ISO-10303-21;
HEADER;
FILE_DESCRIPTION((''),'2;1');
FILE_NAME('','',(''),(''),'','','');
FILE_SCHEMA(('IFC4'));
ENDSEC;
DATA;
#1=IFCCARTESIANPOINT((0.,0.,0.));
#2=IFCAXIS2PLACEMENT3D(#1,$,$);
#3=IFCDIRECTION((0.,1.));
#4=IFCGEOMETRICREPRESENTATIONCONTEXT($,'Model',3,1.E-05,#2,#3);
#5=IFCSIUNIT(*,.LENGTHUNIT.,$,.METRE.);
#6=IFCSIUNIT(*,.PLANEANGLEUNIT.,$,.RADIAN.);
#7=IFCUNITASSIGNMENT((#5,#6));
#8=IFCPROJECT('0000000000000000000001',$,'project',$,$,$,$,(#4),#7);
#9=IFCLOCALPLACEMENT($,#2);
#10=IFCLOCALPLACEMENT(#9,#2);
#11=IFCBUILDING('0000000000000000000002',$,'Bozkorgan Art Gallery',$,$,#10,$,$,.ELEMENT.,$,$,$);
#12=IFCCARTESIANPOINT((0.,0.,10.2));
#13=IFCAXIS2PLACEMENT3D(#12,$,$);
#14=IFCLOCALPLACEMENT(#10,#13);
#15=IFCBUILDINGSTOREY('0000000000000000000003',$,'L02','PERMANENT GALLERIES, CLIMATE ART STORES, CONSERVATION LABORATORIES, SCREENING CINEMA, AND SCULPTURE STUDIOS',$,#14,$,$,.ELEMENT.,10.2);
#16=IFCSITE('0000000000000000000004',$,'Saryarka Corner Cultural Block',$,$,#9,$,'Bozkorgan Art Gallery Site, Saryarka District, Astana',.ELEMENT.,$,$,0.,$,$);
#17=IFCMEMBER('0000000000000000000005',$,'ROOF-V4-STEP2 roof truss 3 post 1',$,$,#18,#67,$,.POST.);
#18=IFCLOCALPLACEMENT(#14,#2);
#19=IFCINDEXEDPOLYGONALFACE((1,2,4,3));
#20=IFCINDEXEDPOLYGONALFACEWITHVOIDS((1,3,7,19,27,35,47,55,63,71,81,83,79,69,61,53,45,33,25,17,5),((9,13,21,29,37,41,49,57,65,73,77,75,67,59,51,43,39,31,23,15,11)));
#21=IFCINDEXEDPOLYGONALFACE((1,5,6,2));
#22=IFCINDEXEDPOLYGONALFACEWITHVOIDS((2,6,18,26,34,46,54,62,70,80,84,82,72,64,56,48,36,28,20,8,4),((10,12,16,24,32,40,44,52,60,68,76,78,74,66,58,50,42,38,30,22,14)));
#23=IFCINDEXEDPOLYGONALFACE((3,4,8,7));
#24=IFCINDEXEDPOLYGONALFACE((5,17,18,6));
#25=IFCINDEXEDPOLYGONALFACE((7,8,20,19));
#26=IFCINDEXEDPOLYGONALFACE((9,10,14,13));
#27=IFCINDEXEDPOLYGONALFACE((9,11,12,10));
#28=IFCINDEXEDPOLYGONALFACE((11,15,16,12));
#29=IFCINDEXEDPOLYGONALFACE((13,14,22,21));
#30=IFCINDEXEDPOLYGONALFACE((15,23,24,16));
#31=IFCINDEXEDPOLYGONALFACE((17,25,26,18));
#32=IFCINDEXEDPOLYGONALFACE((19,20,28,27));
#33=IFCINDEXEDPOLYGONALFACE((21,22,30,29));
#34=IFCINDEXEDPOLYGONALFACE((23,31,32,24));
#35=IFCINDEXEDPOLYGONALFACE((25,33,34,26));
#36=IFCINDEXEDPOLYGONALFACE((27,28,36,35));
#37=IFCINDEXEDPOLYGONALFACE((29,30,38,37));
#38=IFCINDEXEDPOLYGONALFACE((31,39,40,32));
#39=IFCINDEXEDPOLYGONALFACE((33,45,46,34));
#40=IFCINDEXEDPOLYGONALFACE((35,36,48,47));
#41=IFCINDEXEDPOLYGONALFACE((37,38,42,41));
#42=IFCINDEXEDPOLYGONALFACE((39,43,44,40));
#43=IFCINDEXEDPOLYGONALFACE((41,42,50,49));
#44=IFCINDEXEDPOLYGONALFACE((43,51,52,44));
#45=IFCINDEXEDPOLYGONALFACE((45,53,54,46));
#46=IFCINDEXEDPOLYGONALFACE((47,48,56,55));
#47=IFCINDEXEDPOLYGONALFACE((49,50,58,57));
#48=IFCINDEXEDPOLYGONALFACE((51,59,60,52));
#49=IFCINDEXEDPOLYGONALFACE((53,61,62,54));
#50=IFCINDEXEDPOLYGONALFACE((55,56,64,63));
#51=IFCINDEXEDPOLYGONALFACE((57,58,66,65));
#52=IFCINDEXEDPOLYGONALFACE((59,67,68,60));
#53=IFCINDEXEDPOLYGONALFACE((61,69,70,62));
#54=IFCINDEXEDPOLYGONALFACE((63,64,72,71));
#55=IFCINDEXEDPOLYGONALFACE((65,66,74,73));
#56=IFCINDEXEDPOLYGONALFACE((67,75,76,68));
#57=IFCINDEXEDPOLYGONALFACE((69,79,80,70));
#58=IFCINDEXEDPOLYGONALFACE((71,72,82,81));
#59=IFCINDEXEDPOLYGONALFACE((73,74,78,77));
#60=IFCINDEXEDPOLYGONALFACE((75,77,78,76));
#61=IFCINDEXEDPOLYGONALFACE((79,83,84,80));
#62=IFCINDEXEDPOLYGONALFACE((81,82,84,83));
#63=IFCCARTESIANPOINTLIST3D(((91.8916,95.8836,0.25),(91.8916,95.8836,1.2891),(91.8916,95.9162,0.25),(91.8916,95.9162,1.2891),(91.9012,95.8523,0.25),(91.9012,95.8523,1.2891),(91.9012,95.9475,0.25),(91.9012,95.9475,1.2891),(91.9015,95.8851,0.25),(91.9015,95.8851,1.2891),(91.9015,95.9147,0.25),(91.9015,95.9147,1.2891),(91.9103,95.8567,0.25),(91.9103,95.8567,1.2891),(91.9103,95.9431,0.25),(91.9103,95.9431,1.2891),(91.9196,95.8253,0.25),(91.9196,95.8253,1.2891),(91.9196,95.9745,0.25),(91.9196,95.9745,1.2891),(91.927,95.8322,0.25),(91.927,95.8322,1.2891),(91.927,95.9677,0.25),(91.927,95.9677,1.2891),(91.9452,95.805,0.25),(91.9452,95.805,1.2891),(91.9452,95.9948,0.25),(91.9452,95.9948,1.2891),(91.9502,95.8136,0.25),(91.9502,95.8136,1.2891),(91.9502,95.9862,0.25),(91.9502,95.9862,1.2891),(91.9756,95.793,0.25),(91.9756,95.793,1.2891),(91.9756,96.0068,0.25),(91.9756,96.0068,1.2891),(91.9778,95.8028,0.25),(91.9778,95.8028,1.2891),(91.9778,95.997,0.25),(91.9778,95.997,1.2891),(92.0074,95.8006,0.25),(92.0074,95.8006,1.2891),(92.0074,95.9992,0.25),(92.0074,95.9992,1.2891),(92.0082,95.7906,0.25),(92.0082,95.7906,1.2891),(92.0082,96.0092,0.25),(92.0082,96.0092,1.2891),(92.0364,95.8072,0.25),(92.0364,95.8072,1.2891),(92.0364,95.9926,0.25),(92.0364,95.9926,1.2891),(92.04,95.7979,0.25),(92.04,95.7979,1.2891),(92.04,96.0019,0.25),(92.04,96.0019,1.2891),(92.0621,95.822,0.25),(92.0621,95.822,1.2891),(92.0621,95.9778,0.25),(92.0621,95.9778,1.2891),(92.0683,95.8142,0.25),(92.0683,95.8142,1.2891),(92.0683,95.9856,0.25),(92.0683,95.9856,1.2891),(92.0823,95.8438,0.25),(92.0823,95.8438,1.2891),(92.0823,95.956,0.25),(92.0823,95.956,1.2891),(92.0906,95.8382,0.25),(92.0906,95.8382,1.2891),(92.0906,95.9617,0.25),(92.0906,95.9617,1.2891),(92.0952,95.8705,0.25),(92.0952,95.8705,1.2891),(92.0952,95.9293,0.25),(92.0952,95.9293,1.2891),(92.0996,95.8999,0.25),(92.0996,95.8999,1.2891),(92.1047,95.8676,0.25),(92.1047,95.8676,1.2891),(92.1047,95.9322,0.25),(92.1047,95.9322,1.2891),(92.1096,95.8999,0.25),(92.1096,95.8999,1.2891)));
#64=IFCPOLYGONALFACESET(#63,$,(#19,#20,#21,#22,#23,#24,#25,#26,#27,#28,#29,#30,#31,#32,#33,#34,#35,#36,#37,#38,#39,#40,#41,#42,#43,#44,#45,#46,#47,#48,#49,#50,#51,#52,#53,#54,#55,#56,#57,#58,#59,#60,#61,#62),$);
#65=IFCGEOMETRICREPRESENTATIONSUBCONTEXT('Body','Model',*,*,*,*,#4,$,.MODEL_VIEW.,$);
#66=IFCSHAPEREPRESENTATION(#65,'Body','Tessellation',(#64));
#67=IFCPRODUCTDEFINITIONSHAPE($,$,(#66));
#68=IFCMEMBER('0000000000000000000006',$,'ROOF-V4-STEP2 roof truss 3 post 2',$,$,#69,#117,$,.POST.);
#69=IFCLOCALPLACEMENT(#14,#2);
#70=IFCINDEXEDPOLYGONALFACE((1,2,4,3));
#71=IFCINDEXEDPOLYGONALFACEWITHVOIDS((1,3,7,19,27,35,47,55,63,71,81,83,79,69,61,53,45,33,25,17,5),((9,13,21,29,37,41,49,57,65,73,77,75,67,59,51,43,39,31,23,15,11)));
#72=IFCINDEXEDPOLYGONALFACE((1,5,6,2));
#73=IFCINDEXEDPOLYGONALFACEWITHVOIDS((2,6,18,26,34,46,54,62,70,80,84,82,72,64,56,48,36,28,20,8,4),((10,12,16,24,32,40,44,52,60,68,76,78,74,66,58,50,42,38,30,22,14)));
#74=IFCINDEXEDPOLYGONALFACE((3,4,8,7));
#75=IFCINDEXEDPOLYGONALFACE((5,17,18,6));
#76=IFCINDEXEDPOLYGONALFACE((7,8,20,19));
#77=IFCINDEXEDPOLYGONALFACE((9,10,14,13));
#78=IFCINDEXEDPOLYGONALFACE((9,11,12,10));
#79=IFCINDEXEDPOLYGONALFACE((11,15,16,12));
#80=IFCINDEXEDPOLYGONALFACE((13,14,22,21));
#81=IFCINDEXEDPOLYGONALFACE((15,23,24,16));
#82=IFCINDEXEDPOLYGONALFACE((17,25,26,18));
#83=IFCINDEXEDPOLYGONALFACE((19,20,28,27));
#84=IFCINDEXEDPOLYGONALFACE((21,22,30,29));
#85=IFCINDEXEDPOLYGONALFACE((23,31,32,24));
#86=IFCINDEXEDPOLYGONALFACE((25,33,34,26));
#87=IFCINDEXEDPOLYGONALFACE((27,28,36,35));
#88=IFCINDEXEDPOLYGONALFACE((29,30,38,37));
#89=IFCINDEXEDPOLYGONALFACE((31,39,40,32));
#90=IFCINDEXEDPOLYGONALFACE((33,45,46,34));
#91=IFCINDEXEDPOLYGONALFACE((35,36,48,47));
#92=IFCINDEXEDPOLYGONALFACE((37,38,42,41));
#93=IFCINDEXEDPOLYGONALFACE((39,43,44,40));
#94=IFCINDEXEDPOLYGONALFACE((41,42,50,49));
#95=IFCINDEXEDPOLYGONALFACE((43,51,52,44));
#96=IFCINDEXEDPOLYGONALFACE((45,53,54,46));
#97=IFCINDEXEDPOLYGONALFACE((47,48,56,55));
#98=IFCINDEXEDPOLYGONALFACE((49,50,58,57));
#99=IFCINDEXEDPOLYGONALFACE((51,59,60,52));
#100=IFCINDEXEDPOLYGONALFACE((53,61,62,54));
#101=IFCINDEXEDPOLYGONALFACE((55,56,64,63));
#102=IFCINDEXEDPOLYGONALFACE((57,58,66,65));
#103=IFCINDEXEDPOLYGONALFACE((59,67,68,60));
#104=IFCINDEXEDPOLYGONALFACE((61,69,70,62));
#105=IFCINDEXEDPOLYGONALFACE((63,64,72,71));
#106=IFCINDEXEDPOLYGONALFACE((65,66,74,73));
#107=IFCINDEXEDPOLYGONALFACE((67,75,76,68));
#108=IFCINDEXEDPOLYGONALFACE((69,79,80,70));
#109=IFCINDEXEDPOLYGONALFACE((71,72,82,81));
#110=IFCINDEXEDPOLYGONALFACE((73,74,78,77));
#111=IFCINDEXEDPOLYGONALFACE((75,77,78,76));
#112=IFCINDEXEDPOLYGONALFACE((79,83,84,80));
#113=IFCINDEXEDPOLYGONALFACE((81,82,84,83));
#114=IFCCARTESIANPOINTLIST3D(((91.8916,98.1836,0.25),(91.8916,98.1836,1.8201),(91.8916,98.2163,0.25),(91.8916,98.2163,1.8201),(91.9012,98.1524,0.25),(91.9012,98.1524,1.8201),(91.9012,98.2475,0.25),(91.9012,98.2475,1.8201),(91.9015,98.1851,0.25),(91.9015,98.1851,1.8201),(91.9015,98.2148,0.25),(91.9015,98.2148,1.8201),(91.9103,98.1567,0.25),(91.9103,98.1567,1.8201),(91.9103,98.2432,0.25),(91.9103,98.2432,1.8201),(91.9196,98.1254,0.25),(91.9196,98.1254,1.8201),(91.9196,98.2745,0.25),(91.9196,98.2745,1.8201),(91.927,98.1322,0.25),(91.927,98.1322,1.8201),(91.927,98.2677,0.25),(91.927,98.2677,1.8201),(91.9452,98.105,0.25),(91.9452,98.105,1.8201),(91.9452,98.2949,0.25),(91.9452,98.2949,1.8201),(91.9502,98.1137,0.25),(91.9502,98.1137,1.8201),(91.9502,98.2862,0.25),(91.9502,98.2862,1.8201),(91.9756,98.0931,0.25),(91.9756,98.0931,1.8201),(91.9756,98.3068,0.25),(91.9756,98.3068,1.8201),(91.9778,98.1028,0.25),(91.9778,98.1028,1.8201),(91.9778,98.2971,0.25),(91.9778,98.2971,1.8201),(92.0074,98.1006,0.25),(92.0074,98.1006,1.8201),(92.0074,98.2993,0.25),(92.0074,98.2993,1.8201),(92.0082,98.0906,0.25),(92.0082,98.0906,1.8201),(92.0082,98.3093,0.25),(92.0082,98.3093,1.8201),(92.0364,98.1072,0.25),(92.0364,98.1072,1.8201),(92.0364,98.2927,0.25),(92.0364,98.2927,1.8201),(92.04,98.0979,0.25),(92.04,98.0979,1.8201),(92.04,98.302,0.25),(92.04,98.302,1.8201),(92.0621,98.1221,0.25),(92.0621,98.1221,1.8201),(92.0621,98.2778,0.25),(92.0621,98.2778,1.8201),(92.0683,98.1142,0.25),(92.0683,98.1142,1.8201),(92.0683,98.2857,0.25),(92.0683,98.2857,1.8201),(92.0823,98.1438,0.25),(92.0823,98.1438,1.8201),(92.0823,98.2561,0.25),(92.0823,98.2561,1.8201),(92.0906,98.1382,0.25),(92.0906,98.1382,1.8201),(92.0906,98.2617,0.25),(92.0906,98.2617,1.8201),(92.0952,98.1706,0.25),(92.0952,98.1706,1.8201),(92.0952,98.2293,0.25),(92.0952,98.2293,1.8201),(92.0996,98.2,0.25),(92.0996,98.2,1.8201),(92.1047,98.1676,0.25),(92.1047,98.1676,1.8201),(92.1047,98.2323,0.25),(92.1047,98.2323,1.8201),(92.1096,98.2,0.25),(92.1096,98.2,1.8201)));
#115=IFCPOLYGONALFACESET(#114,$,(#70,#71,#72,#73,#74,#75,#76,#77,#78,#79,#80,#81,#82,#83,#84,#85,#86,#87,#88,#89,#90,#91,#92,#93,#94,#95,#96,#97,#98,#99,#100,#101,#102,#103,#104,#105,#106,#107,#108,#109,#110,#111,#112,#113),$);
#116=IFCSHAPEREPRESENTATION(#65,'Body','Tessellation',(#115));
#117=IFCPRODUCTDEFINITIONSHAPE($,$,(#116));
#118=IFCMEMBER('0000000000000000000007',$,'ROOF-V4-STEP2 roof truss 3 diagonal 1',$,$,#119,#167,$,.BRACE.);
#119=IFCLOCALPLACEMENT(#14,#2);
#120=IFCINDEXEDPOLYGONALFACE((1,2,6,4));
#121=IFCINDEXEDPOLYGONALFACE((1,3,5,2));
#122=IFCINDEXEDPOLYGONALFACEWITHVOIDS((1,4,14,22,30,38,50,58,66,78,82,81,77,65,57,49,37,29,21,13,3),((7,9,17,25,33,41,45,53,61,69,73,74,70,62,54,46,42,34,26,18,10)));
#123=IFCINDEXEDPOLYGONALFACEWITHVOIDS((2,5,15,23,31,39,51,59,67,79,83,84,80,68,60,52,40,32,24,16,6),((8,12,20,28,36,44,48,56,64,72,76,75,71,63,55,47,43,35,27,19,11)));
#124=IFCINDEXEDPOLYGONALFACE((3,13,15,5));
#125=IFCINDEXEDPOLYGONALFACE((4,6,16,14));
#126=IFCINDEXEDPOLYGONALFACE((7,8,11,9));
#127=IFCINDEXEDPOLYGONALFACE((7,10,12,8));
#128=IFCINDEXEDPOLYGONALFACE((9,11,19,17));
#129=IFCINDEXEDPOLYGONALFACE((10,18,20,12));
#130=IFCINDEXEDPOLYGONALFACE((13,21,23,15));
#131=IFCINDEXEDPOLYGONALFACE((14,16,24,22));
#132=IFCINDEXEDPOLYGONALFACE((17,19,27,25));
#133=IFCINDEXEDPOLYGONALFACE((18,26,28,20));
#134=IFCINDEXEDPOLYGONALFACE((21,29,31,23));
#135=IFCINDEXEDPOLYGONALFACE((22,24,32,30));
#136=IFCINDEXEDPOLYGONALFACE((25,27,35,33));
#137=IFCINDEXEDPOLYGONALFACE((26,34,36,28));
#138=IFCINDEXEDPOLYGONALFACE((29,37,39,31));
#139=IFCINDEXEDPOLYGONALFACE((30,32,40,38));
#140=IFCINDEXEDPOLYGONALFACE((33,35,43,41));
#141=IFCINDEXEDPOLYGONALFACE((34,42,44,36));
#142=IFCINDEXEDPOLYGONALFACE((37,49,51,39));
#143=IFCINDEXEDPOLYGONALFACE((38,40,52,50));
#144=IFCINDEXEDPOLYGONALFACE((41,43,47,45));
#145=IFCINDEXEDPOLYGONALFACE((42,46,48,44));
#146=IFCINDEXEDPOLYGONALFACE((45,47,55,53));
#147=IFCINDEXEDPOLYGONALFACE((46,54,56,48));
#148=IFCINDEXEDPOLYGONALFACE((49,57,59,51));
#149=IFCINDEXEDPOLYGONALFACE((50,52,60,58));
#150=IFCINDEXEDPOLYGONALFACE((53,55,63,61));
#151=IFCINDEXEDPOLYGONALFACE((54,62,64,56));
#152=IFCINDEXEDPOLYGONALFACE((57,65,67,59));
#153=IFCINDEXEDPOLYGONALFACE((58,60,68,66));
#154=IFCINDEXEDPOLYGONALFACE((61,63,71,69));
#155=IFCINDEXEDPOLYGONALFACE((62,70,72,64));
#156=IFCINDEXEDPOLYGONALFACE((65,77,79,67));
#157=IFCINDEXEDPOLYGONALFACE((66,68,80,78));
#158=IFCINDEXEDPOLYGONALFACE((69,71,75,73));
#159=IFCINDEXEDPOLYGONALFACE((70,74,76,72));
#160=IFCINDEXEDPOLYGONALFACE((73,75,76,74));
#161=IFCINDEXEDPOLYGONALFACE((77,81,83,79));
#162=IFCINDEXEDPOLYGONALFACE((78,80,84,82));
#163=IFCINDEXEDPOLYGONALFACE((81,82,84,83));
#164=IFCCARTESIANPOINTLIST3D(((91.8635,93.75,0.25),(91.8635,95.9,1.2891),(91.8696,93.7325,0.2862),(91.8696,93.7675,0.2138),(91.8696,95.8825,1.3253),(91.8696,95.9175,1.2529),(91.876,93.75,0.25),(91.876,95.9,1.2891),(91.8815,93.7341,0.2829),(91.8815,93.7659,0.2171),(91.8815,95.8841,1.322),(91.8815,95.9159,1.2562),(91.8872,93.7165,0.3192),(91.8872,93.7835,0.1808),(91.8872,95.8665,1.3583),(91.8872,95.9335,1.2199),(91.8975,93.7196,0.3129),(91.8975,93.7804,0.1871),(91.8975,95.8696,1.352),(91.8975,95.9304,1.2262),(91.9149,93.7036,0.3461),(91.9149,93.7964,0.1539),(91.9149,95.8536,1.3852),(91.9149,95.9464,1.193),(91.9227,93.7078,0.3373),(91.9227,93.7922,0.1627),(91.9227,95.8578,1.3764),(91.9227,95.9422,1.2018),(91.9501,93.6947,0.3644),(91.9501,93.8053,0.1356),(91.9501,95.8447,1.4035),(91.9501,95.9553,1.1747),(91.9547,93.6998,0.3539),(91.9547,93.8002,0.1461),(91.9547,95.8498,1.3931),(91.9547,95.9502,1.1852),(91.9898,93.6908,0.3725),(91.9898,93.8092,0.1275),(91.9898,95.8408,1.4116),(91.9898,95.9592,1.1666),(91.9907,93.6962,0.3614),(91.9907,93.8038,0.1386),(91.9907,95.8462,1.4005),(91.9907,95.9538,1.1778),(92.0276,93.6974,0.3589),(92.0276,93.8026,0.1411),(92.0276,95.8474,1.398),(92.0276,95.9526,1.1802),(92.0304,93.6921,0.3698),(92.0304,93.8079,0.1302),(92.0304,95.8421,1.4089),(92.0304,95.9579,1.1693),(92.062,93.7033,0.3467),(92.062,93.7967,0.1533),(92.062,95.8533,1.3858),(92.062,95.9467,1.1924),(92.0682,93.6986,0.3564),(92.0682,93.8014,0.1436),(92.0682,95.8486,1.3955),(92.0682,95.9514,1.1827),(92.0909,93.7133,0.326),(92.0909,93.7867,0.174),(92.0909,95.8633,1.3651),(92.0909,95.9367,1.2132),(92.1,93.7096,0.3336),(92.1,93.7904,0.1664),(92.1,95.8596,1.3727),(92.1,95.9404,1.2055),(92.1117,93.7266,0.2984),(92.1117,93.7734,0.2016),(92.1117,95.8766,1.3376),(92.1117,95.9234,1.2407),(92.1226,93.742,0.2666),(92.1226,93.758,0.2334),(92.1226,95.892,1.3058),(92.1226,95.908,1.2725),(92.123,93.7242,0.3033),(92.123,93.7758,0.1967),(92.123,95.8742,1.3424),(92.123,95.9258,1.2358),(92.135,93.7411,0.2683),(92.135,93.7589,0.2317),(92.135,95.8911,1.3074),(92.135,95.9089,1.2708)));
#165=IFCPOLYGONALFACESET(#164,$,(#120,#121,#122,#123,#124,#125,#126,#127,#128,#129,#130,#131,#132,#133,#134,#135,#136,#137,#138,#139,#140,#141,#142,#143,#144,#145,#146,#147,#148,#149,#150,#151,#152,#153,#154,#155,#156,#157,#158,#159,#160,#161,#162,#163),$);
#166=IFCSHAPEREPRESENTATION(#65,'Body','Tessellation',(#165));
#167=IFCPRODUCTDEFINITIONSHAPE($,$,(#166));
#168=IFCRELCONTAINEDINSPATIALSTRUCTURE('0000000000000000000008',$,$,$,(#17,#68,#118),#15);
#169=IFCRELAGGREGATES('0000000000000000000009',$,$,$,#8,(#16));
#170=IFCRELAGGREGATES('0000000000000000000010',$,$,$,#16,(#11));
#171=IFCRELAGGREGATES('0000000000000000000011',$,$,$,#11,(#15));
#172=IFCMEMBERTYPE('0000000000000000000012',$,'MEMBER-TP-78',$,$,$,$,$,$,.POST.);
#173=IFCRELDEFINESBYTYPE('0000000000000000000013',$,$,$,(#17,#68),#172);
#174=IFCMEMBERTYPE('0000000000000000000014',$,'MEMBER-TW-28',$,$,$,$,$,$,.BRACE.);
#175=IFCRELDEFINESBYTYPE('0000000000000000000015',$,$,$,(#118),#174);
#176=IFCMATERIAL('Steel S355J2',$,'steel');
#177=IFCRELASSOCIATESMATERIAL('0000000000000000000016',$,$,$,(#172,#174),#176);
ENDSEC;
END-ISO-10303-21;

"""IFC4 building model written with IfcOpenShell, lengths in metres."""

from ifc_helpers import new_model, si_unit, direction, frame, origin, origin_2d, place, context, subcontext, project, spatial, hollow_circle, extrude, material, material_profile, profile_set, type_object, element, save


model = new_model("IFC4")

# Units and contexts
model_context = context("Model", 3, precision=1e-05, world=origin(), true_north=direction((0.0, 1.0)))
body_context = subcontext(model_context, "Body", "Model", "MODEL_VIEW")
ifc_project = project(units=[si_unit("LENGTHUNIT", "METRE"), si_unit("PLANEANGLEUNIT", "RADIAN")], contexts=[model_context])

# Site, building, storey
site_placement = place(None, origin())
site = spatial("IfcSite", under=ifc_project, at=site_placement, Name="Saryarka Corner Cultural Block", LongName="Bozkorgan Art Gallery Site, Saryarka District, Astana", CompositionType="ELEMENT", RefElevation=0.0)
building_placement = place(site_placement, origin())
building = spatial("IfcBuilding", under=site, at=building_placement, Name="Bozkorgan Art Gallery", CompositionType="ELEMENT")
storey_placement = place(building_placement, frame((0.0, 0.0, 10.2)))
storey = spatial("IfcBuildingStorey", under=building, at=storey_placement, Name="L02", Description="PERMANENT GALLERIES, CLIMATE ART STORES, CONSERVATION LABORATORIES, SCREENING CINEMA, AND SCULPTURE STUDIOS", CompositionType="ELEMENT", Elevation=10.2)

# Shared definitions
ifc_material_1 = material(Name="Steel S355J2", Category="steel")

# Members
ifc_material_profile_1 = material_profile(ifc_material_1, hollow_circle(Radius=0.1096, WallThickness=0.01, at=origin_2d()), Name="CHS 219.1x10")
ifc_profile_set_1 = profile_set([ifc_material_profile_1], Name="Steel S355J2")
member_type_1 = type_object("IfcMemberType", Name="MEMBER-TP-78", PredefinedType="POST", material=ifc_profile_set_1)
member_1_placement = place(storey_placement, frame((92.0, 95.8999, 0.25), z_axis=(0.0, 0.0, 1.0), x_axis=(1.0, 0.0, 0.0)))
element("IfcMember", 1, at=member_1_placement, inside=storey, type_object=member_type_1, Name="ROOF-V4-STEP2 roof truss 3 post 1", PredefinedType="POST", context=body_context, shape_type="SweptSolid", body=[
    extrude(hollow_circle(Radius=0.1096, WallThickness=0.01, at=origin_2d()), origin(), (0.0, 0.0, 1.0), 1.0391),
])
member_2_placement = place(storey_placement, frame((92.0, 98.2, 0.25), z_axis=(0.0, 0.0, 1.0), x_axis=(1.0, 0.0, 0.0)))
element("IfcMember", 2, at=member_2_placement, inside=storey, type_object=member_type_1, Name="ROOF-V4-STEP2 roof truss 3 post 2", PredefinedType="POST", context=body_context, shape_type="SweptSolid", body=[
    extrude(hollow_circle(Radius=0.1096, WallThickness=0.01, at=origin_2d()), origin(), (0.0, 0.0, 1.0), 1.5701),
])
ifc_material_profile_2 = material_profile(ifc_material_1, hollow_circle(Radius=0.1365, WallThickness=0.0125, at=origin_2d()), Name="CHS 273x12.5")
ifc_profile_set_2 = profile_set([ifc_material_profile_2], Name="Steel S355J2")
member_type_2 = type_object("IfcMemberType", Name="MEMBER-TW-28", PredefinedType="BRACE", material=ifc_profile_set_2)
member_3_placement = place(storey_placement, frame((92.0, 93.75, 0.25), z_axis=(0.0, 0.900358, 0.435149), x_axis=(-1.0, 0.0, 0.0)))
element("IfcMember", 3, at=member_3_placement, inside=storey, type_object=member_type_2, Name="ROOF-V4-STEP2 roof truss 3 diagonal 1", PredefinedType="BRACE", context=body_context, shape_type="SweptSolid", body=[
    extrude(hollow_circle(Radius=0.1365, WallThickness=0.0125, at=origin_2d()), origin(), (0.0, 0.0, 1.0), 2.3879),
])

save(model, "model.ifc")
